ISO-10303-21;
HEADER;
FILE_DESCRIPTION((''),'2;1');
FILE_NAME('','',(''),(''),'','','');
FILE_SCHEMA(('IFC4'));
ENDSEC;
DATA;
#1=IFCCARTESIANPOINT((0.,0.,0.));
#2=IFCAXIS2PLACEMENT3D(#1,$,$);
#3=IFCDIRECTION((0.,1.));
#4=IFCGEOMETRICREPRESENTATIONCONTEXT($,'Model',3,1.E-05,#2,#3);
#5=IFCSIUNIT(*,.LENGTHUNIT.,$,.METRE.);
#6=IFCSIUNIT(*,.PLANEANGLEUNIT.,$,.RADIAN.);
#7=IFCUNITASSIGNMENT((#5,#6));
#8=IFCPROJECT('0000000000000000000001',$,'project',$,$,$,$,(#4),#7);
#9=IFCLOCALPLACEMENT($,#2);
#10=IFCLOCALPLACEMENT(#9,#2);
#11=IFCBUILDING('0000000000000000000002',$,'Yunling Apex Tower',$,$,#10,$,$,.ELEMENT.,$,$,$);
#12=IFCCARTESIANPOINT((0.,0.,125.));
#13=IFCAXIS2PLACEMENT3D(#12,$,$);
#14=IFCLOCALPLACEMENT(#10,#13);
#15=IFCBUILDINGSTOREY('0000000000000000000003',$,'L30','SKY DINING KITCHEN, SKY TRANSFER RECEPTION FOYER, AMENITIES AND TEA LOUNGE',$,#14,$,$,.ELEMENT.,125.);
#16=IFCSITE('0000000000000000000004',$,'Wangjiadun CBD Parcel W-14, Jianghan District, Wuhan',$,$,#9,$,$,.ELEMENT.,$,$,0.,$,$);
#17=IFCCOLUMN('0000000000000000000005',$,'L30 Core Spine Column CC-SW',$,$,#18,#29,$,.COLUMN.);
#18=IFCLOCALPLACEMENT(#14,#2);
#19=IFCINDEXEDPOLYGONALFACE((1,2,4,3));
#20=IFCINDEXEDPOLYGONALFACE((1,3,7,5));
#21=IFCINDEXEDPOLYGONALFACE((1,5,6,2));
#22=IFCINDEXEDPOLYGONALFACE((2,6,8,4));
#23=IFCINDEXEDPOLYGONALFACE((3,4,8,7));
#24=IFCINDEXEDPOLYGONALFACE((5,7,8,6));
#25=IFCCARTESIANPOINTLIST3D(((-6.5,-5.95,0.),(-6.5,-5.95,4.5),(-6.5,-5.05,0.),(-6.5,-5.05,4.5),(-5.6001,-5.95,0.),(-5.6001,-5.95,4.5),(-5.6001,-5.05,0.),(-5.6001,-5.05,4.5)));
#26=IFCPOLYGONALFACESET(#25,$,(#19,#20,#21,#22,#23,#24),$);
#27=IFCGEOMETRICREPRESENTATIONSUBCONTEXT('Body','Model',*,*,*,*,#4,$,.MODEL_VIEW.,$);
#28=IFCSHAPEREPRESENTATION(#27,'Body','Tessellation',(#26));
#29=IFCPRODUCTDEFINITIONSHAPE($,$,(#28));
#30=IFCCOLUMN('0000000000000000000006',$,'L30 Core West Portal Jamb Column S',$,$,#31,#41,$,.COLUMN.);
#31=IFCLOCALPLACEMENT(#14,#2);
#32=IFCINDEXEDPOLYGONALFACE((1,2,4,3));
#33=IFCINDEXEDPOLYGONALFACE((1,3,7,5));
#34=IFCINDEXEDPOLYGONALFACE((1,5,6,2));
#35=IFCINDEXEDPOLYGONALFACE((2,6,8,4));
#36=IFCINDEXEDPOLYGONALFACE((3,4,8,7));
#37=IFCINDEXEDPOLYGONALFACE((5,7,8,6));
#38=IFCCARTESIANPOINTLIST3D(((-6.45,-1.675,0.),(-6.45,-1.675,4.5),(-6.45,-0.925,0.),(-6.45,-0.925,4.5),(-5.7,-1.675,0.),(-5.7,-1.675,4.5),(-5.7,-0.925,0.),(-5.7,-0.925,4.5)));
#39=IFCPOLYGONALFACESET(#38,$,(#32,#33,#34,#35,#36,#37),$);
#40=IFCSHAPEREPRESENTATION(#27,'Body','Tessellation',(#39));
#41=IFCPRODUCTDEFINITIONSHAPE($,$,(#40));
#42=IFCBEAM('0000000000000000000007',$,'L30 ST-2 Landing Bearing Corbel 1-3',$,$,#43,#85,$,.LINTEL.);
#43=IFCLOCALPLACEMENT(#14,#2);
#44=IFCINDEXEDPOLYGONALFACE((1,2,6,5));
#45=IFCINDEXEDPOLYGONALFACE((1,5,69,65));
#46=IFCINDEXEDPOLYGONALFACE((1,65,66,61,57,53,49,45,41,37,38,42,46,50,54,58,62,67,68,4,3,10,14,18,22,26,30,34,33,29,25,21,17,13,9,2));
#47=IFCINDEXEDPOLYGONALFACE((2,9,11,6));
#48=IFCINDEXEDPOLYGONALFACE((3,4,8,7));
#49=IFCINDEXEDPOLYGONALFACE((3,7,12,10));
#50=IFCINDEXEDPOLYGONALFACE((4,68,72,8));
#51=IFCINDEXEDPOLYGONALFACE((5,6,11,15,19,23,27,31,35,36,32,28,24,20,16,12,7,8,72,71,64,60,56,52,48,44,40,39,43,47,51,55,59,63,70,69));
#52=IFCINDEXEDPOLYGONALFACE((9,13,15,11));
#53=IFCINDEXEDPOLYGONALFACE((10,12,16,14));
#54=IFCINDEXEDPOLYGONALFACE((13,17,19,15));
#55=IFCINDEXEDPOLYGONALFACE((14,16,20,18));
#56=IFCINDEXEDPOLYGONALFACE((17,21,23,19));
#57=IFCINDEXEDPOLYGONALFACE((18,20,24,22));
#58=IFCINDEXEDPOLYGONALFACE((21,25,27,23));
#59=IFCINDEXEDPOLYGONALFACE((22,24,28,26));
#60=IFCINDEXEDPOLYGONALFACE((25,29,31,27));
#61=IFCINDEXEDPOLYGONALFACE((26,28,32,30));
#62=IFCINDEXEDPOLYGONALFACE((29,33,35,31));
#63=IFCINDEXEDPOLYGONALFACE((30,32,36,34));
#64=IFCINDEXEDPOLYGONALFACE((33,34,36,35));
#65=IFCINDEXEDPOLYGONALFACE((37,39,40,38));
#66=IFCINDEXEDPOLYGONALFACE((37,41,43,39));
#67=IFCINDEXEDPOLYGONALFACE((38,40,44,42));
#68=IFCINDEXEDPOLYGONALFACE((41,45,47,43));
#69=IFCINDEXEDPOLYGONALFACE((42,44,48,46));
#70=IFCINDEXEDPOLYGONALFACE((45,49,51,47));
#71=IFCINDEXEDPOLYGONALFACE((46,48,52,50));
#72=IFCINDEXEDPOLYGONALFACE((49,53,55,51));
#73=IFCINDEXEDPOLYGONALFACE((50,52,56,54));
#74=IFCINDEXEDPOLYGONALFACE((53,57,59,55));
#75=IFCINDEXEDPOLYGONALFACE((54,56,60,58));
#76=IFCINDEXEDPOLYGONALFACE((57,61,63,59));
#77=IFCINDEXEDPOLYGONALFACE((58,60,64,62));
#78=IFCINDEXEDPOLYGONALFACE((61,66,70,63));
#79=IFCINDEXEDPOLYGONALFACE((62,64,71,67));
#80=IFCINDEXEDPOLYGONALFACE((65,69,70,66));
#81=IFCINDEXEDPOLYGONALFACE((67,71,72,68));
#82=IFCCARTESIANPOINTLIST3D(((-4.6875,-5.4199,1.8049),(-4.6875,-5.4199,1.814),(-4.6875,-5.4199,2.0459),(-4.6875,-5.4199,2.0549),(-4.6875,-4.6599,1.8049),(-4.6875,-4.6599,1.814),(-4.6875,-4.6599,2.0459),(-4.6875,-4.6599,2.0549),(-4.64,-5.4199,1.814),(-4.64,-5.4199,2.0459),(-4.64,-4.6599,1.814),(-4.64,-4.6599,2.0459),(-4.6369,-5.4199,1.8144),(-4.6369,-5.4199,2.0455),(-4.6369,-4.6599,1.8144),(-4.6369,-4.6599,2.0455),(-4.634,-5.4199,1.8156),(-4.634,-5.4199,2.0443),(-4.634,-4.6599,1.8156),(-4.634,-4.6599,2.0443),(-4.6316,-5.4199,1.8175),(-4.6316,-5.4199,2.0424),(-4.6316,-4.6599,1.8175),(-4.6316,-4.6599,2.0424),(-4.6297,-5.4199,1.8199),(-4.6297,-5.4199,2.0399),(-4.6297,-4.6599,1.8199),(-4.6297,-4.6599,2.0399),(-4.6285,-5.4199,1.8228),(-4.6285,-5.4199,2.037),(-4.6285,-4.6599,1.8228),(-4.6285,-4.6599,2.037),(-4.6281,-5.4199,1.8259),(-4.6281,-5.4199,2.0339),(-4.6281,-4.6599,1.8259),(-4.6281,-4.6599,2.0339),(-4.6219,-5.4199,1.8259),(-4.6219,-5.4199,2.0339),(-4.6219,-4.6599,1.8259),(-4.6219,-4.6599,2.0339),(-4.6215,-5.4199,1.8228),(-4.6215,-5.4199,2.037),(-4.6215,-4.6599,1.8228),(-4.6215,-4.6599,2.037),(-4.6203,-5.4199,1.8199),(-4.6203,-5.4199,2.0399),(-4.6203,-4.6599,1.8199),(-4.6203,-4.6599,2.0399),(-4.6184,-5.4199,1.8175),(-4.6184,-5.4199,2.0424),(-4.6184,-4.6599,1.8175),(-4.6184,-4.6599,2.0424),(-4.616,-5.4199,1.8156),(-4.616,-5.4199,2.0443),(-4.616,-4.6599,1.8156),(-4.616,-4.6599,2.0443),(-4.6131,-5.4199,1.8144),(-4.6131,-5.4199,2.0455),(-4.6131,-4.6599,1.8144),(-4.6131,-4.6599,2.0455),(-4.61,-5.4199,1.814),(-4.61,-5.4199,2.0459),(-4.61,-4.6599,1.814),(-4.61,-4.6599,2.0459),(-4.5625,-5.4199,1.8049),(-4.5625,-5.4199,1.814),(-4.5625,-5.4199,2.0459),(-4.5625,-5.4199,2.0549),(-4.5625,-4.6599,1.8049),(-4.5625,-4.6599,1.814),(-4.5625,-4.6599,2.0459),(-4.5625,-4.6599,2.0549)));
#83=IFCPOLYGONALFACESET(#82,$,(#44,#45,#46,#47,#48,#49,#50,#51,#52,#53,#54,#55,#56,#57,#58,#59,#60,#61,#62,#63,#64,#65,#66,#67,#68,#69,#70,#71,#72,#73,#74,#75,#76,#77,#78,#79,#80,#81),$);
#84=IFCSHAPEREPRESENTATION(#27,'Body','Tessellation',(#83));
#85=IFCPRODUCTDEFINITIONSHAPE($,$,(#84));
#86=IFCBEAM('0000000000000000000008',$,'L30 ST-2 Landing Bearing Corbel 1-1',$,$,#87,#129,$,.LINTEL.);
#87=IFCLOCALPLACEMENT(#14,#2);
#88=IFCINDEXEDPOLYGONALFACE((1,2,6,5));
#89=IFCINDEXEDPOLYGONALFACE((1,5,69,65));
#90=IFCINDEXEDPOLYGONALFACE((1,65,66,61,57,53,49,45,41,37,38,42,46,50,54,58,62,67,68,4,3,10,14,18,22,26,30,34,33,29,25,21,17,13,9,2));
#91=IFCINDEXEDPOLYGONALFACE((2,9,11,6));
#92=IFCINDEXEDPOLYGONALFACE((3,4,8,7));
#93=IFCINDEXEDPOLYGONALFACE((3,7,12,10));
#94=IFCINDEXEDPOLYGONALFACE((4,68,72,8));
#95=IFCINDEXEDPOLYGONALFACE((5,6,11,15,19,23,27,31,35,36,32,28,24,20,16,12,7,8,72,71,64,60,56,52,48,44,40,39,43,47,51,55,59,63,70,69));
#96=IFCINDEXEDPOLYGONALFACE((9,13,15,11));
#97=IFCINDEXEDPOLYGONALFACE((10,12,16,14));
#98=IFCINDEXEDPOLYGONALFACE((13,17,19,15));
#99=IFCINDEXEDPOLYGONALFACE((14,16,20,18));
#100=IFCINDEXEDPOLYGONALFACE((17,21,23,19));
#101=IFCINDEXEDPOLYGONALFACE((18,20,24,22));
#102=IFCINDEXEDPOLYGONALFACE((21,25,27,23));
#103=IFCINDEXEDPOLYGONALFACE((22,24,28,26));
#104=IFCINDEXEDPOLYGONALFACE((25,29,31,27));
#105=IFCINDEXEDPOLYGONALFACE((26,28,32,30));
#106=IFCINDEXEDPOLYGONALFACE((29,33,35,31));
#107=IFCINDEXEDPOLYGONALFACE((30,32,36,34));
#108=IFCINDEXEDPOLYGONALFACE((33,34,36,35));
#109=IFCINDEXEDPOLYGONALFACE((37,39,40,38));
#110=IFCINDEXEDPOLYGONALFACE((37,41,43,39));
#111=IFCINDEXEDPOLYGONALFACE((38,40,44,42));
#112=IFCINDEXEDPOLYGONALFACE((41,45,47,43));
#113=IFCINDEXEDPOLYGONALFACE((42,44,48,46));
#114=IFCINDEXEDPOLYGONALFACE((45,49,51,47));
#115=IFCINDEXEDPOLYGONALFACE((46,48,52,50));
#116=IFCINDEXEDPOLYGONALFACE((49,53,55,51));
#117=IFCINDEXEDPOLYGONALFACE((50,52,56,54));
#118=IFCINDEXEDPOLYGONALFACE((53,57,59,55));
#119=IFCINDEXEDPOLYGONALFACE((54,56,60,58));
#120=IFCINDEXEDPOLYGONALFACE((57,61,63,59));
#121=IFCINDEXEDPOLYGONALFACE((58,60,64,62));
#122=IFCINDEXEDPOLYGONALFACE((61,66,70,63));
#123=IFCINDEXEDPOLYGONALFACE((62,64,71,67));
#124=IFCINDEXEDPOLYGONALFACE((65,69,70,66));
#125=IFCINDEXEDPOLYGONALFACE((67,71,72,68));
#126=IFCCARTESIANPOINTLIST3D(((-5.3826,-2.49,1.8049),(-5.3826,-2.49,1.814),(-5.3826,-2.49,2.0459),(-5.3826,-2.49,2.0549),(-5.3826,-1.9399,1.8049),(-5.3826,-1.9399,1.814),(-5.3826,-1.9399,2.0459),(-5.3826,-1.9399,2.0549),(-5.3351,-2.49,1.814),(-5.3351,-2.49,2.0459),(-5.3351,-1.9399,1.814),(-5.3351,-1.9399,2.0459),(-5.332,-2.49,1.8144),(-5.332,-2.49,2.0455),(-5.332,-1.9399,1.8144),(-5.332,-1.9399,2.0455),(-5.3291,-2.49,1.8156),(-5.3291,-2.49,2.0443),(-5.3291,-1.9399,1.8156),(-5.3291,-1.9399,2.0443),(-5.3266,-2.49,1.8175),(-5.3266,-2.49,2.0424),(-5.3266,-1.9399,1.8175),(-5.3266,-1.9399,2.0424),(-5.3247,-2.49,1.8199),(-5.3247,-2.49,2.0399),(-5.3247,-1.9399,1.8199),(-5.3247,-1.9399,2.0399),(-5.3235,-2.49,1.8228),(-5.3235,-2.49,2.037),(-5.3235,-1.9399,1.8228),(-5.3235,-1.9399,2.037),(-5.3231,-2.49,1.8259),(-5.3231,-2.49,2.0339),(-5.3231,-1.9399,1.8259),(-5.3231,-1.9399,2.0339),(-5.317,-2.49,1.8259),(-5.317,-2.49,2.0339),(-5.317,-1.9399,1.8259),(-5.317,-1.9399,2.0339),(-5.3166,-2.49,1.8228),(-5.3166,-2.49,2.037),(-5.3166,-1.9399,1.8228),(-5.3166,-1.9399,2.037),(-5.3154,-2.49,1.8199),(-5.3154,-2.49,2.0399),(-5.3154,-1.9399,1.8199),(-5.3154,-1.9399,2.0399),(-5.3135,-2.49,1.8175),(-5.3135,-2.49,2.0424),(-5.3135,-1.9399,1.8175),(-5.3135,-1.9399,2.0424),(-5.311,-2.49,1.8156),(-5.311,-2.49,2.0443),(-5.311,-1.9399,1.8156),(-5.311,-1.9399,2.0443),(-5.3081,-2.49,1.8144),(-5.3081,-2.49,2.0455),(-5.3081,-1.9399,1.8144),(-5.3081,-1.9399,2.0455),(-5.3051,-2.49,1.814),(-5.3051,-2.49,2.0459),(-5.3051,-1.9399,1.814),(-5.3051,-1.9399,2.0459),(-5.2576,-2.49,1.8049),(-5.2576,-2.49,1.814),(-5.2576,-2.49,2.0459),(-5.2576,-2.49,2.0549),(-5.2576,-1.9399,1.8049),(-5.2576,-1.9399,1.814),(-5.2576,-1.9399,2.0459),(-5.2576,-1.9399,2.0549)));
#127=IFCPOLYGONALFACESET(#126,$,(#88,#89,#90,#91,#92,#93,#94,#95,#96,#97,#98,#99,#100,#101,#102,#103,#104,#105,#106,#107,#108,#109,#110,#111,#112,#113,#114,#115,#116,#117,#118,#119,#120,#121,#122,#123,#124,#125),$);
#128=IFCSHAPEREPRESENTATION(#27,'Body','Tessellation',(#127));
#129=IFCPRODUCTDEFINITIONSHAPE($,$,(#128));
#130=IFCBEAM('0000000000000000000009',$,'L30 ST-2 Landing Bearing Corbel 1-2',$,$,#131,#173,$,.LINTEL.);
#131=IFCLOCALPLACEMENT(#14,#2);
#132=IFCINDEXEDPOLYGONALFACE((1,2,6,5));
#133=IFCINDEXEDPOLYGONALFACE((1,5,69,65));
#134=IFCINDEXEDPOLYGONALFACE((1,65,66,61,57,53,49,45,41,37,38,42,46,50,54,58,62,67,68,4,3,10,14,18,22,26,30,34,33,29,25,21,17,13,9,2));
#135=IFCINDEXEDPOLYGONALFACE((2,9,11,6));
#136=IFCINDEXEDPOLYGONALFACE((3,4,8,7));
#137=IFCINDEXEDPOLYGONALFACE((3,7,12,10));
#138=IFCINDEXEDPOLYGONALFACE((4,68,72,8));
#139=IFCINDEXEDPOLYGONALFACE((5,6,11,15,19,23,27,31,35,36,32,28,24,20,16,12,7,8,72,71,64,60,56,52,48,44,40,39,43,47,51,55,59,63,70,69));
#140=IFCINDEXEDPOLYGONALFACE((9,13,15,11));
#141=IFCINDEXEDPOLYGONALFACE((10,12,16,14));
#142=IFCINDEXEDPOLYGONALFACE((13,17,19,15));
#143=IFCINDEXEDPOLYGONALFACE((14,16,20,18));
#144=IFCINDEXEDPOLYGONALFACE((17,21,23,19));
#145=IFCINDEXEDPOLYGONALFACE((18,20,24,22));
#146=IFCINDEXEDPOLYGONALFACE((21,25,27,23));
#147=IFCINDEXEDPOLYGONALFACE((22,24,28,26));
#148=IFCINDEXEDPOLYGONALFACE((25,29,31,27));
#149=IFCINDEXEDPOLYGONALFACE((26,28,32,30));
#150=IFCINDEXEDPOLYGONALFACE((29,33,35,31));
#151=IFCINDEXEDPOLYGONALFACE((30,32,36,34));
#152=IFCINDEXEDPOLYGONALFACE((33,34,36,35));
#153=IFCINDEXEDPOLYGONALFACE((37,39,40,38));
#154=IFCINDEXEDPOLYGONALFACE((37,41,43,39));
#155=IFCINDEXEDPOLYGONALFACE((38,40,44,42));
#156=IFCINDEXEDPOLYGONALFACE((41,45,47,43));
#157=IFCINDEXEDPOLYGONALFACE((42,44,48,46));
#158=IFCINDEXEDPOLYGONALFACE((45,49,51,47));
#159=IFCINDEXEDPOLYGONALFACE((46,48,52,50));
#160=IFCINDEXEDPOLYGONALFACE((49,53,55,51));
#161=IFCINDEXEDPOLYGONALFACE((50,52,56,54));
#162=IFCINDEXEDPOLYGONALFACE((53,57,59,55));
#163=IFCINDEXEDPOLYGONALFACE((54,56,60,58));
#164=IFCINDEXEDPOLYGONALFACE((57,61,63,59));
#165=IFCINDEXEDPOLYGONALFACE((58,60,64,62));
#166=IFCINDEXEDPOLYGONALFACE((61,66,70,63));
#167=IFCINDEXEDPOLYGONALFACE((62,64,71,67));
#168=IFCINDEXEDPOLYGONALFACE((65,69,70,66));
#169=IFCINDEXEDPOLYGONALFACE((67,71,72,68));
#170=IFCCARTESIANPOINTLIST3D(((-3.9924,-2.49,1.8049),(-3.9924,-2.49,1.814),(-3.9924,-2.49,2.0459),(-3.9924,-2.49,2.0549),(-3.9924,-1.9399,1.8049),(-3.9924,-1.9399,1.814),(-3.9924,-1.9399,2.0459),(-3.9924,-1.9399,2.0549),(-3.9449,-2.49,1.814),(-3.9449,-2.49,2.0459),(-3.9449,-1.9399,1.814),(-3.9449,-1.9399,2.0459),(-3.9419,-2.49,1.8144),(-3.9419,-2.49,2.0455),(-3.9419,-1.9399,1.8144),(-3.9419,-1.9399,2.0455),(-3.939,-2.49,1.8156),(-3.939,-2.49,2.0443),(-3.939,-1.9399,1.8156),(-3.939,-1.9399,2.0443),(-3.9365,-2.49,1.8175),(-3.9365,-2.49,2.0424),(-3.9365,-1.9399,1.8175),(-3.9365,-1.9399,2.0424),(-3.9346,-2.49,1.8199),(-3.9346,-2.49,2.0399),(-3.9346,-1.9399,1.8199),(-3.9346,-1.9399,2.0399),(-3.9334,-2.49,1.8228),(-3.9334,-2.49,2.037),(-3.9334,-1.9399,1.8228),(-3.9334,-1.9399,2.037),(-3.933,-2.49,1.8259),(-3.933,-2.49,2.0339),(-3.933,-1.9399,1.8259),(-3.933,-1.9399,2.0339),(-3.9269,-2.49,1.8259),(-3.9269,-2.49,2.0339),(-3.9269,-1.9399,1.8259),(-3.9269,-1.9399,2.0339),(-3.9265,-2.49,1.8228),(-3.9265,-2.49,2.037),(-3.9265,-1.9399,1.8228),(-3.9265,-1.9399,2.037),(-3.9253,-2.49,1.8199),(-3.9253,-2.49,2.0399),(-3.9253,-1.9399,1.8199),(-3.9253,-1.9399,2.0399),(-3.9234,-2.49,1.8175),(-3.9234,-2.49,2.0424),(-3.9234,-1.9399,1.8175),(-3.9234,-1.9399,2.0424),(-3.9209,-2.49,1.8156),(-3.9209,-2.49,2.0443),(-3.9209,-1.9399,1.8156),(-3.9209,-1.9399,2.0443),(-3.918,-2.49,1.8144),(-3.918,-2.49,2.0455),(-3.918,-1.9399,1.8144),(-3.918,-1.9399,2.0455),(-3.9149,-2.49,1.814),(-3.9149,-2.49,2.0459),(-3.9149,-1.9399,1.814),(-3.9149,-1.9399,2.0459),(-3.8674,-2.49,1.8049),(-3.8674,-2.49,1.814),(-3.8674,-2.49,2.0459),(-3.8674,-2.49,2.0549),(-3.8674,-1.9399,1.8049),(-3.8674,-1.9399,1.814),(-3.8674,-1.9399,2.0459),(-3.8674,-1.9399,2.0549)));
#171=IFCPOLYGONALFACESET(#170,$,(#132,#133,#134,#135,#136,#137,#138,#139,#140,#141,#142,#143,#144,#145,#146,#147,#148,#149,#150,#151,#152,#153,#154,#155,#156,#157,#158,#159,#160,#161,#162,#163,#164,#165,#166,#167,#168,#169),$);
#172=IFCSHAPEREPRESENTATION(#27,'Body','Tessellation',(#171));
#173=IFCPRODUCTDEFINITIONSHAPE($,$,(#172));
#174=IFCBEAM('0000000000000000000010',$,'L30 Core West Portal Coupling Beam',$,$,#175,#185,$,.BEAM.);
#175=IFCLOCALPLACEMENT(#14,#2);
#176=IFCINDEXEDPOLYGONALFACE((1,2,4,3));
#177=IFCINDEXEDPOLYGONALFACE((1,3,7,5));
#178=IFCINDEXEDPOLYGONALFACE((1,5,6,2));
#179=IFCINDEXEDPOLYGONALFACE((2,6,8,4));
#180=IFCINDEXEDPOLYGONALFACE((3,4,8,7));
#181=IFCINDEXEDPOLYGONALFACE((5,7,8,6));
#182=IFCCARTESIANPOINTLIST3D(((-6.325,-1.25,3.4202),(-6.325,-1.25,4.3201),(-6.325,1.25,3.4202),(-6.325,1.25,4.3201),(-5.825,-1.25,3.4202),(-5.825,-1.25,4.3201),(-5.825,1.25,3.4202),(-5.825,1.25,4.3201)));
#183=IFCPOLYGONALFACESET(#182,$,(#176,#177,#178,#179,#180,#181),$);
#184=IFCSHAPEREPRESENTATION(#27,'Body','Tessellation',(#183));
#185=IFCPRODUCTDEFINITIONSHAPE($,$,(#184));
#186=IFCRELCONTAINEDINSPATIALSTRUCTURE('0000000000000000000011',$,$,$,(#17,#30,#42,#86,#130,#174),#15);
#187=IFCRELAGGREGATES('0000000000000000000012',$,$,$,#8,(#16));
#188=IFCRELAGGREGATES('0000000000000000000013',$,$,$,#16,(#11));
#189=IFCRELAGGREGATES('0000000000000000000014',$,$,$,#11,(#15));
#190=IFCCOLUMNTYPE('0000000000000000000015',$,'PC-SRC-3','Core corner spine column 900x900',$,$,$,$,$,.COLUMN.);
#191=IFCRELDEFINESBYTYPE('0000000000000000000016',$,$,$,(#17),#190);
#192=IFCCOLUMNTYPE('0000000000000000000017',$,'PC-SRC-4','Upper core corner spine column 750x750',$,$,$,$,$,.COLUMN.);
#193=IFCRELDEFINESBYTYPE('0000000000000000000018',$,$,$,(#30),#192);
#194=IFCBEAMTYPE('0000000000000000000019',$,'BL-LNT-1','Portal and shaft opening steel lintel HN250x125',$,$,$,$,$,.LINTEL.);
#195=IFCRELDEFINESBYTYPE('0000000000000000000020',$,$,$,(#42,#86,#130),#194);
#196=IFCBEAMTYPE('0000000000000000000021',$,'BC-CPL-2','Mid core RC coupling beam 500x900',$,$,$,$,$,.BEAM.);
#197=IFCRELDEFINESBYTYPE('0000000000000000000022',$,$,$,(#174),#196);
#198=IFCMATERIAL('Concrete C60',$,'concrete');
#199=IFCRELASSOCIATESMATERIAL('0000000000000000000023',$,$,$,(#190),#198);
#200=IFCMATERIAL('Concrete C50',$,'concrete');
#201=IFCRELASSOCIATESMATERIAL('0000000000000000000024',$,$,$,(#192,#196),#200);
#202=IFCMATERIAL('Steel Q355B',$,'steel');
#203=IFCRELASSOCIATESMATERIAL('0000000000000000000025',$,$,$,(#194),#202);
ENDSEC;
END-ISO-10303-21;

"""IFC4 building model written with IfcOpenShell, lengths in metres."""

from ifc_helpers import new_model, si_unit, direction, frame, origin, origin_2d, place, context, subcontext, project, spatial, rectangle, i_section, extrude, source, transform, mapped, material, material_profile, profile_set, type_object, element, save


model = new_model("IFC4")

# Units and contexts
model_context = context("Model", 3, precision=1e-05, world=origin(), true_north=direction((0.0, 1.0)))
body_context = subcontext(model_context, "Body", "Model", "MODEL_VIEW")
ifc_project = project(units=[si_unit("LENGTHUNIT", "METRE"), si_unit("PLANEANGLEUNIT", "RADIAN")], contexts=[model_context])

# Site, building, storey
site_placement = place(None, origin())
site = spatial("IfcSite", under=ifc_project, at=site_placement, Name="Wangjiadun CBD Parcel W-14, Jianghan District, Wuhan", CompositionType="ELEMENT", RefElevation=0.0)
building_placement = place(site_placement, origin())
building = spatial("IfcBuilding", under=site, at=building_placement, Name="Yunling Apex Tower", CompositionType="ELEMENT")
storey_placement = place(building_placement, frame((0.0, 0.0, 125.0)))
storey = spatial("IfcBuildingStorey", under=building, at=storey_placement, Name="L30", Description="SKY DINING KITCHEN, SKY TRANSFER RECEPTION FOYER, AMENITIES AND TEA LOUNGE", CompositionType="ELEMENT", Elevation=125.0)

# Columns
ifc_material_1 = material(Name="Concrete C60", Category="concrete")
ifc_material_profile_1 = material_profile(ifc_material_1, rectangle(XDim=0.8999, YDim=0.8999, at=origin_2d()))
ifc_profile_set_1 = profile_set([ifc_material_profile_1], Name="Concrete C60")
column_type_1 = type_object("IfcColumnType", Name="PC-SRC-3", Description="Core corner spine column 900x900", PredefinedType="COLUMN", material=ifc_profile_set_1)
shared_shape_1 = source(origin(), body_context, "Body", "SweptSolid", [
    extrude(rectangle(XDim=0.8999, YDim=0.8999, at=origin_2d()), origin(), (0.0, 0.0, 1.0), 4.5),
])
column_1_placement = place(storey_placement, frame((-6.05, -5.5, 0.0), z_axis=(0.0, 0.0, 1.0), x_axis=(1.0, 0.0, 0.0)))
element("IfcColumn", 1, at=column_1_placement, inside=storey, type_object=column_type_1, Name="L30 Core Spine Column CC-SW", PredefinedType="COLUMN", context=body_context, shape_type="MappedRepresentation", body=[
    mapped(shared_shape_1, transform((0.0, 0.0, 0.0), scale=1.0)),
])
ifc_material_2 = material(Name="Concrete C50", Category="concrete")
ifc_material_profile_2 = material_profile(ifc_material_2, rectangle(XDim=0.75, YDim=0.75, at=origin_2d()))
ifc_profile_set_2 = profile_set([ifc_material_profile_2], Name="Concrete C50")
column_type_2 = type_object("IfcColumnType", Name="PC-SRC-4", Description="Upper core corner spine column 750x750", PredefinedType="COLUMN", material=ifc_profile_set_2)
shared_shape_2 = source(origin(), body_context, "Body", "SweptSolid", [
    extrude(rectangle(XDim=0.75, YDim=0.75, at=origin_2d()), origin(), (0.0, 0.0, 1.0), 4.5),
])
column_2_placement = place(storey_placement, frame((-6.075, -1.3, 0.0), z_axis=(0.0, 0.0, 1.0), x_axis=(1.0, 0.0, 0.0)))
element("IfcColumn", 2, at=column_2_placement, inside=storey, type_object=column_type_2, Name="L30 Core West Portal Jamb Column S", PredefinedType="COLUMN", context=body_context, shape_type="MappedRepresentation", body=[
    mapped(shared_shape_2, transform((0.0, 0.0, 0.0), scale=1.0)),
])

# Beams
ifc_material_3 = material(Name="Steel Q355B", Category="steel")
ifc_material_profile_3 = material_profile(ifc_material_3, i_section(OverallWidth=0.125, OverallDepth=0.25, WebThickness=0.0061, FlangeThickness=0.009, FilletRadius=0.012, at=origin_2d()))
ifc_profile_set_3 = profile_set([ifc_material_profile_3], Name="Steel Q355B")
beam_type_1 = type_object("IfcBeamType", Name="BL-LNT-1", Description="Portal and shaft opening steel lintel HN250x125", PredefinedType="LINTEL", material=ifc_profile_set_3)
shared_shape_3 = source(origin(), body_context, "Body", "SweptSolid", [
    extrude(i_section(OverallWidth=0.125, OverallDepth=0.25, WebThickness=0.0061, FlangeThickness=0.009, FilletRadius=0.012, at=origin_2d()), origin(), (0.0, 0.0, 1.0), 0.76),
])
beam_1_placement = place(storey_placement, frame((-4.625, -5.4199, 1.9299), z_axis=(0.0, 1.0, 0.0), x_axis=(-1.0, 0.0, 0.0)))
element("IfcBeam", 3, at=beam_1_placement, inside=storey, type_object=beam_type_1, Name="L30 ST-2 Landing Bearing Corbel 1-3", PredefinedType="LINTEL", context=body_context, shape_type="MappedRepresentation", body=[
    mapped(shared_shape_3, transform((0.0, 0.0, 0.0), scale=1.0)),
])
shared_shape_4 = source(origin(), body_context, "Body", "SweptSolid", [
    extrude(i_section(OverallWidth=0.125, OverallDepth=0.25, WebThickness=0.0061, FlangeThickness=0.009, FilletRadius=0.012, at=origin_2d()), origin(), (0.0, 0.0, 1.0), 0.55),
])
for number, where, z_axis, x_axis, name in (
    (4, (-5.3201, -1.9399, 1.9299), (0.0, -1.0, 0.0), (1.0, 0.0, 0.0), "L30 ST-2 Landing Bearing Corbel 1-1"),
    (5, (-3.9299, -1.9399, 1.9299), (0.0, -1.0, 0.0), (1.0, 0.0, 0.0), "L30 ST-2 Landing Bearing Corbel 1-2"),
):
    element("IfcBeam", number, at=place(storey_placement, frame(where, z_axis=z_axis, x_axis=x_axis)), inside=storey, type_object=beam_type_1, Name=name, PredefinedType="LINTEL", context=body_context, shape_type="MappedRepresentation", body=[
        mapped(shared_shape_4, transform((0.0, 0.0, 0.0), scale=1.0)),
    ])
ifc_material_profile_4 = material_profile(ifc_material_2, rectangle(XDim=0.5, YDim=0.8999, at=origin_2d()))
ifc_profile_set_4 = profile_set([ifc_material_profile_4], Name="Concrete C50")
beam_type_2 = type_object("IfcBeamType", Name="BC-CPL-2", Description="Mid core RC coupling beam 500x900", PredefinedType="BEAM", material=ifc_profile_set_4)
shared_shape_5 = source(origin(), body_context, "Body", "SweptSolid", [
    extrude(rectangle(XDim=0.5, YDim=0.8999, at=origin_2d()), origin(), (0.0, 0.0, 1.0), 2.5),
])
beam_2_placement = place(storey_placement, frame((-6.075, -1.25, 3.8701), z_axis=(0.0, 1.0, 0.0), x_axis=(-1.0, 0.0, 0.0)))
element("IfcBeam", 6, at=beam_2_placement, inside=storey, type_object=beam_type_2, Name="L30 Core West Portal Coupling Beam", PredefinedType="BEAM", context=body_context, shape_type="MappedRepresentation", body=[
    mapped(shared_shape_5, transform((0.0, 0.0, 0.0), scale=1.0)),
])

save(model, "model.ifc")
